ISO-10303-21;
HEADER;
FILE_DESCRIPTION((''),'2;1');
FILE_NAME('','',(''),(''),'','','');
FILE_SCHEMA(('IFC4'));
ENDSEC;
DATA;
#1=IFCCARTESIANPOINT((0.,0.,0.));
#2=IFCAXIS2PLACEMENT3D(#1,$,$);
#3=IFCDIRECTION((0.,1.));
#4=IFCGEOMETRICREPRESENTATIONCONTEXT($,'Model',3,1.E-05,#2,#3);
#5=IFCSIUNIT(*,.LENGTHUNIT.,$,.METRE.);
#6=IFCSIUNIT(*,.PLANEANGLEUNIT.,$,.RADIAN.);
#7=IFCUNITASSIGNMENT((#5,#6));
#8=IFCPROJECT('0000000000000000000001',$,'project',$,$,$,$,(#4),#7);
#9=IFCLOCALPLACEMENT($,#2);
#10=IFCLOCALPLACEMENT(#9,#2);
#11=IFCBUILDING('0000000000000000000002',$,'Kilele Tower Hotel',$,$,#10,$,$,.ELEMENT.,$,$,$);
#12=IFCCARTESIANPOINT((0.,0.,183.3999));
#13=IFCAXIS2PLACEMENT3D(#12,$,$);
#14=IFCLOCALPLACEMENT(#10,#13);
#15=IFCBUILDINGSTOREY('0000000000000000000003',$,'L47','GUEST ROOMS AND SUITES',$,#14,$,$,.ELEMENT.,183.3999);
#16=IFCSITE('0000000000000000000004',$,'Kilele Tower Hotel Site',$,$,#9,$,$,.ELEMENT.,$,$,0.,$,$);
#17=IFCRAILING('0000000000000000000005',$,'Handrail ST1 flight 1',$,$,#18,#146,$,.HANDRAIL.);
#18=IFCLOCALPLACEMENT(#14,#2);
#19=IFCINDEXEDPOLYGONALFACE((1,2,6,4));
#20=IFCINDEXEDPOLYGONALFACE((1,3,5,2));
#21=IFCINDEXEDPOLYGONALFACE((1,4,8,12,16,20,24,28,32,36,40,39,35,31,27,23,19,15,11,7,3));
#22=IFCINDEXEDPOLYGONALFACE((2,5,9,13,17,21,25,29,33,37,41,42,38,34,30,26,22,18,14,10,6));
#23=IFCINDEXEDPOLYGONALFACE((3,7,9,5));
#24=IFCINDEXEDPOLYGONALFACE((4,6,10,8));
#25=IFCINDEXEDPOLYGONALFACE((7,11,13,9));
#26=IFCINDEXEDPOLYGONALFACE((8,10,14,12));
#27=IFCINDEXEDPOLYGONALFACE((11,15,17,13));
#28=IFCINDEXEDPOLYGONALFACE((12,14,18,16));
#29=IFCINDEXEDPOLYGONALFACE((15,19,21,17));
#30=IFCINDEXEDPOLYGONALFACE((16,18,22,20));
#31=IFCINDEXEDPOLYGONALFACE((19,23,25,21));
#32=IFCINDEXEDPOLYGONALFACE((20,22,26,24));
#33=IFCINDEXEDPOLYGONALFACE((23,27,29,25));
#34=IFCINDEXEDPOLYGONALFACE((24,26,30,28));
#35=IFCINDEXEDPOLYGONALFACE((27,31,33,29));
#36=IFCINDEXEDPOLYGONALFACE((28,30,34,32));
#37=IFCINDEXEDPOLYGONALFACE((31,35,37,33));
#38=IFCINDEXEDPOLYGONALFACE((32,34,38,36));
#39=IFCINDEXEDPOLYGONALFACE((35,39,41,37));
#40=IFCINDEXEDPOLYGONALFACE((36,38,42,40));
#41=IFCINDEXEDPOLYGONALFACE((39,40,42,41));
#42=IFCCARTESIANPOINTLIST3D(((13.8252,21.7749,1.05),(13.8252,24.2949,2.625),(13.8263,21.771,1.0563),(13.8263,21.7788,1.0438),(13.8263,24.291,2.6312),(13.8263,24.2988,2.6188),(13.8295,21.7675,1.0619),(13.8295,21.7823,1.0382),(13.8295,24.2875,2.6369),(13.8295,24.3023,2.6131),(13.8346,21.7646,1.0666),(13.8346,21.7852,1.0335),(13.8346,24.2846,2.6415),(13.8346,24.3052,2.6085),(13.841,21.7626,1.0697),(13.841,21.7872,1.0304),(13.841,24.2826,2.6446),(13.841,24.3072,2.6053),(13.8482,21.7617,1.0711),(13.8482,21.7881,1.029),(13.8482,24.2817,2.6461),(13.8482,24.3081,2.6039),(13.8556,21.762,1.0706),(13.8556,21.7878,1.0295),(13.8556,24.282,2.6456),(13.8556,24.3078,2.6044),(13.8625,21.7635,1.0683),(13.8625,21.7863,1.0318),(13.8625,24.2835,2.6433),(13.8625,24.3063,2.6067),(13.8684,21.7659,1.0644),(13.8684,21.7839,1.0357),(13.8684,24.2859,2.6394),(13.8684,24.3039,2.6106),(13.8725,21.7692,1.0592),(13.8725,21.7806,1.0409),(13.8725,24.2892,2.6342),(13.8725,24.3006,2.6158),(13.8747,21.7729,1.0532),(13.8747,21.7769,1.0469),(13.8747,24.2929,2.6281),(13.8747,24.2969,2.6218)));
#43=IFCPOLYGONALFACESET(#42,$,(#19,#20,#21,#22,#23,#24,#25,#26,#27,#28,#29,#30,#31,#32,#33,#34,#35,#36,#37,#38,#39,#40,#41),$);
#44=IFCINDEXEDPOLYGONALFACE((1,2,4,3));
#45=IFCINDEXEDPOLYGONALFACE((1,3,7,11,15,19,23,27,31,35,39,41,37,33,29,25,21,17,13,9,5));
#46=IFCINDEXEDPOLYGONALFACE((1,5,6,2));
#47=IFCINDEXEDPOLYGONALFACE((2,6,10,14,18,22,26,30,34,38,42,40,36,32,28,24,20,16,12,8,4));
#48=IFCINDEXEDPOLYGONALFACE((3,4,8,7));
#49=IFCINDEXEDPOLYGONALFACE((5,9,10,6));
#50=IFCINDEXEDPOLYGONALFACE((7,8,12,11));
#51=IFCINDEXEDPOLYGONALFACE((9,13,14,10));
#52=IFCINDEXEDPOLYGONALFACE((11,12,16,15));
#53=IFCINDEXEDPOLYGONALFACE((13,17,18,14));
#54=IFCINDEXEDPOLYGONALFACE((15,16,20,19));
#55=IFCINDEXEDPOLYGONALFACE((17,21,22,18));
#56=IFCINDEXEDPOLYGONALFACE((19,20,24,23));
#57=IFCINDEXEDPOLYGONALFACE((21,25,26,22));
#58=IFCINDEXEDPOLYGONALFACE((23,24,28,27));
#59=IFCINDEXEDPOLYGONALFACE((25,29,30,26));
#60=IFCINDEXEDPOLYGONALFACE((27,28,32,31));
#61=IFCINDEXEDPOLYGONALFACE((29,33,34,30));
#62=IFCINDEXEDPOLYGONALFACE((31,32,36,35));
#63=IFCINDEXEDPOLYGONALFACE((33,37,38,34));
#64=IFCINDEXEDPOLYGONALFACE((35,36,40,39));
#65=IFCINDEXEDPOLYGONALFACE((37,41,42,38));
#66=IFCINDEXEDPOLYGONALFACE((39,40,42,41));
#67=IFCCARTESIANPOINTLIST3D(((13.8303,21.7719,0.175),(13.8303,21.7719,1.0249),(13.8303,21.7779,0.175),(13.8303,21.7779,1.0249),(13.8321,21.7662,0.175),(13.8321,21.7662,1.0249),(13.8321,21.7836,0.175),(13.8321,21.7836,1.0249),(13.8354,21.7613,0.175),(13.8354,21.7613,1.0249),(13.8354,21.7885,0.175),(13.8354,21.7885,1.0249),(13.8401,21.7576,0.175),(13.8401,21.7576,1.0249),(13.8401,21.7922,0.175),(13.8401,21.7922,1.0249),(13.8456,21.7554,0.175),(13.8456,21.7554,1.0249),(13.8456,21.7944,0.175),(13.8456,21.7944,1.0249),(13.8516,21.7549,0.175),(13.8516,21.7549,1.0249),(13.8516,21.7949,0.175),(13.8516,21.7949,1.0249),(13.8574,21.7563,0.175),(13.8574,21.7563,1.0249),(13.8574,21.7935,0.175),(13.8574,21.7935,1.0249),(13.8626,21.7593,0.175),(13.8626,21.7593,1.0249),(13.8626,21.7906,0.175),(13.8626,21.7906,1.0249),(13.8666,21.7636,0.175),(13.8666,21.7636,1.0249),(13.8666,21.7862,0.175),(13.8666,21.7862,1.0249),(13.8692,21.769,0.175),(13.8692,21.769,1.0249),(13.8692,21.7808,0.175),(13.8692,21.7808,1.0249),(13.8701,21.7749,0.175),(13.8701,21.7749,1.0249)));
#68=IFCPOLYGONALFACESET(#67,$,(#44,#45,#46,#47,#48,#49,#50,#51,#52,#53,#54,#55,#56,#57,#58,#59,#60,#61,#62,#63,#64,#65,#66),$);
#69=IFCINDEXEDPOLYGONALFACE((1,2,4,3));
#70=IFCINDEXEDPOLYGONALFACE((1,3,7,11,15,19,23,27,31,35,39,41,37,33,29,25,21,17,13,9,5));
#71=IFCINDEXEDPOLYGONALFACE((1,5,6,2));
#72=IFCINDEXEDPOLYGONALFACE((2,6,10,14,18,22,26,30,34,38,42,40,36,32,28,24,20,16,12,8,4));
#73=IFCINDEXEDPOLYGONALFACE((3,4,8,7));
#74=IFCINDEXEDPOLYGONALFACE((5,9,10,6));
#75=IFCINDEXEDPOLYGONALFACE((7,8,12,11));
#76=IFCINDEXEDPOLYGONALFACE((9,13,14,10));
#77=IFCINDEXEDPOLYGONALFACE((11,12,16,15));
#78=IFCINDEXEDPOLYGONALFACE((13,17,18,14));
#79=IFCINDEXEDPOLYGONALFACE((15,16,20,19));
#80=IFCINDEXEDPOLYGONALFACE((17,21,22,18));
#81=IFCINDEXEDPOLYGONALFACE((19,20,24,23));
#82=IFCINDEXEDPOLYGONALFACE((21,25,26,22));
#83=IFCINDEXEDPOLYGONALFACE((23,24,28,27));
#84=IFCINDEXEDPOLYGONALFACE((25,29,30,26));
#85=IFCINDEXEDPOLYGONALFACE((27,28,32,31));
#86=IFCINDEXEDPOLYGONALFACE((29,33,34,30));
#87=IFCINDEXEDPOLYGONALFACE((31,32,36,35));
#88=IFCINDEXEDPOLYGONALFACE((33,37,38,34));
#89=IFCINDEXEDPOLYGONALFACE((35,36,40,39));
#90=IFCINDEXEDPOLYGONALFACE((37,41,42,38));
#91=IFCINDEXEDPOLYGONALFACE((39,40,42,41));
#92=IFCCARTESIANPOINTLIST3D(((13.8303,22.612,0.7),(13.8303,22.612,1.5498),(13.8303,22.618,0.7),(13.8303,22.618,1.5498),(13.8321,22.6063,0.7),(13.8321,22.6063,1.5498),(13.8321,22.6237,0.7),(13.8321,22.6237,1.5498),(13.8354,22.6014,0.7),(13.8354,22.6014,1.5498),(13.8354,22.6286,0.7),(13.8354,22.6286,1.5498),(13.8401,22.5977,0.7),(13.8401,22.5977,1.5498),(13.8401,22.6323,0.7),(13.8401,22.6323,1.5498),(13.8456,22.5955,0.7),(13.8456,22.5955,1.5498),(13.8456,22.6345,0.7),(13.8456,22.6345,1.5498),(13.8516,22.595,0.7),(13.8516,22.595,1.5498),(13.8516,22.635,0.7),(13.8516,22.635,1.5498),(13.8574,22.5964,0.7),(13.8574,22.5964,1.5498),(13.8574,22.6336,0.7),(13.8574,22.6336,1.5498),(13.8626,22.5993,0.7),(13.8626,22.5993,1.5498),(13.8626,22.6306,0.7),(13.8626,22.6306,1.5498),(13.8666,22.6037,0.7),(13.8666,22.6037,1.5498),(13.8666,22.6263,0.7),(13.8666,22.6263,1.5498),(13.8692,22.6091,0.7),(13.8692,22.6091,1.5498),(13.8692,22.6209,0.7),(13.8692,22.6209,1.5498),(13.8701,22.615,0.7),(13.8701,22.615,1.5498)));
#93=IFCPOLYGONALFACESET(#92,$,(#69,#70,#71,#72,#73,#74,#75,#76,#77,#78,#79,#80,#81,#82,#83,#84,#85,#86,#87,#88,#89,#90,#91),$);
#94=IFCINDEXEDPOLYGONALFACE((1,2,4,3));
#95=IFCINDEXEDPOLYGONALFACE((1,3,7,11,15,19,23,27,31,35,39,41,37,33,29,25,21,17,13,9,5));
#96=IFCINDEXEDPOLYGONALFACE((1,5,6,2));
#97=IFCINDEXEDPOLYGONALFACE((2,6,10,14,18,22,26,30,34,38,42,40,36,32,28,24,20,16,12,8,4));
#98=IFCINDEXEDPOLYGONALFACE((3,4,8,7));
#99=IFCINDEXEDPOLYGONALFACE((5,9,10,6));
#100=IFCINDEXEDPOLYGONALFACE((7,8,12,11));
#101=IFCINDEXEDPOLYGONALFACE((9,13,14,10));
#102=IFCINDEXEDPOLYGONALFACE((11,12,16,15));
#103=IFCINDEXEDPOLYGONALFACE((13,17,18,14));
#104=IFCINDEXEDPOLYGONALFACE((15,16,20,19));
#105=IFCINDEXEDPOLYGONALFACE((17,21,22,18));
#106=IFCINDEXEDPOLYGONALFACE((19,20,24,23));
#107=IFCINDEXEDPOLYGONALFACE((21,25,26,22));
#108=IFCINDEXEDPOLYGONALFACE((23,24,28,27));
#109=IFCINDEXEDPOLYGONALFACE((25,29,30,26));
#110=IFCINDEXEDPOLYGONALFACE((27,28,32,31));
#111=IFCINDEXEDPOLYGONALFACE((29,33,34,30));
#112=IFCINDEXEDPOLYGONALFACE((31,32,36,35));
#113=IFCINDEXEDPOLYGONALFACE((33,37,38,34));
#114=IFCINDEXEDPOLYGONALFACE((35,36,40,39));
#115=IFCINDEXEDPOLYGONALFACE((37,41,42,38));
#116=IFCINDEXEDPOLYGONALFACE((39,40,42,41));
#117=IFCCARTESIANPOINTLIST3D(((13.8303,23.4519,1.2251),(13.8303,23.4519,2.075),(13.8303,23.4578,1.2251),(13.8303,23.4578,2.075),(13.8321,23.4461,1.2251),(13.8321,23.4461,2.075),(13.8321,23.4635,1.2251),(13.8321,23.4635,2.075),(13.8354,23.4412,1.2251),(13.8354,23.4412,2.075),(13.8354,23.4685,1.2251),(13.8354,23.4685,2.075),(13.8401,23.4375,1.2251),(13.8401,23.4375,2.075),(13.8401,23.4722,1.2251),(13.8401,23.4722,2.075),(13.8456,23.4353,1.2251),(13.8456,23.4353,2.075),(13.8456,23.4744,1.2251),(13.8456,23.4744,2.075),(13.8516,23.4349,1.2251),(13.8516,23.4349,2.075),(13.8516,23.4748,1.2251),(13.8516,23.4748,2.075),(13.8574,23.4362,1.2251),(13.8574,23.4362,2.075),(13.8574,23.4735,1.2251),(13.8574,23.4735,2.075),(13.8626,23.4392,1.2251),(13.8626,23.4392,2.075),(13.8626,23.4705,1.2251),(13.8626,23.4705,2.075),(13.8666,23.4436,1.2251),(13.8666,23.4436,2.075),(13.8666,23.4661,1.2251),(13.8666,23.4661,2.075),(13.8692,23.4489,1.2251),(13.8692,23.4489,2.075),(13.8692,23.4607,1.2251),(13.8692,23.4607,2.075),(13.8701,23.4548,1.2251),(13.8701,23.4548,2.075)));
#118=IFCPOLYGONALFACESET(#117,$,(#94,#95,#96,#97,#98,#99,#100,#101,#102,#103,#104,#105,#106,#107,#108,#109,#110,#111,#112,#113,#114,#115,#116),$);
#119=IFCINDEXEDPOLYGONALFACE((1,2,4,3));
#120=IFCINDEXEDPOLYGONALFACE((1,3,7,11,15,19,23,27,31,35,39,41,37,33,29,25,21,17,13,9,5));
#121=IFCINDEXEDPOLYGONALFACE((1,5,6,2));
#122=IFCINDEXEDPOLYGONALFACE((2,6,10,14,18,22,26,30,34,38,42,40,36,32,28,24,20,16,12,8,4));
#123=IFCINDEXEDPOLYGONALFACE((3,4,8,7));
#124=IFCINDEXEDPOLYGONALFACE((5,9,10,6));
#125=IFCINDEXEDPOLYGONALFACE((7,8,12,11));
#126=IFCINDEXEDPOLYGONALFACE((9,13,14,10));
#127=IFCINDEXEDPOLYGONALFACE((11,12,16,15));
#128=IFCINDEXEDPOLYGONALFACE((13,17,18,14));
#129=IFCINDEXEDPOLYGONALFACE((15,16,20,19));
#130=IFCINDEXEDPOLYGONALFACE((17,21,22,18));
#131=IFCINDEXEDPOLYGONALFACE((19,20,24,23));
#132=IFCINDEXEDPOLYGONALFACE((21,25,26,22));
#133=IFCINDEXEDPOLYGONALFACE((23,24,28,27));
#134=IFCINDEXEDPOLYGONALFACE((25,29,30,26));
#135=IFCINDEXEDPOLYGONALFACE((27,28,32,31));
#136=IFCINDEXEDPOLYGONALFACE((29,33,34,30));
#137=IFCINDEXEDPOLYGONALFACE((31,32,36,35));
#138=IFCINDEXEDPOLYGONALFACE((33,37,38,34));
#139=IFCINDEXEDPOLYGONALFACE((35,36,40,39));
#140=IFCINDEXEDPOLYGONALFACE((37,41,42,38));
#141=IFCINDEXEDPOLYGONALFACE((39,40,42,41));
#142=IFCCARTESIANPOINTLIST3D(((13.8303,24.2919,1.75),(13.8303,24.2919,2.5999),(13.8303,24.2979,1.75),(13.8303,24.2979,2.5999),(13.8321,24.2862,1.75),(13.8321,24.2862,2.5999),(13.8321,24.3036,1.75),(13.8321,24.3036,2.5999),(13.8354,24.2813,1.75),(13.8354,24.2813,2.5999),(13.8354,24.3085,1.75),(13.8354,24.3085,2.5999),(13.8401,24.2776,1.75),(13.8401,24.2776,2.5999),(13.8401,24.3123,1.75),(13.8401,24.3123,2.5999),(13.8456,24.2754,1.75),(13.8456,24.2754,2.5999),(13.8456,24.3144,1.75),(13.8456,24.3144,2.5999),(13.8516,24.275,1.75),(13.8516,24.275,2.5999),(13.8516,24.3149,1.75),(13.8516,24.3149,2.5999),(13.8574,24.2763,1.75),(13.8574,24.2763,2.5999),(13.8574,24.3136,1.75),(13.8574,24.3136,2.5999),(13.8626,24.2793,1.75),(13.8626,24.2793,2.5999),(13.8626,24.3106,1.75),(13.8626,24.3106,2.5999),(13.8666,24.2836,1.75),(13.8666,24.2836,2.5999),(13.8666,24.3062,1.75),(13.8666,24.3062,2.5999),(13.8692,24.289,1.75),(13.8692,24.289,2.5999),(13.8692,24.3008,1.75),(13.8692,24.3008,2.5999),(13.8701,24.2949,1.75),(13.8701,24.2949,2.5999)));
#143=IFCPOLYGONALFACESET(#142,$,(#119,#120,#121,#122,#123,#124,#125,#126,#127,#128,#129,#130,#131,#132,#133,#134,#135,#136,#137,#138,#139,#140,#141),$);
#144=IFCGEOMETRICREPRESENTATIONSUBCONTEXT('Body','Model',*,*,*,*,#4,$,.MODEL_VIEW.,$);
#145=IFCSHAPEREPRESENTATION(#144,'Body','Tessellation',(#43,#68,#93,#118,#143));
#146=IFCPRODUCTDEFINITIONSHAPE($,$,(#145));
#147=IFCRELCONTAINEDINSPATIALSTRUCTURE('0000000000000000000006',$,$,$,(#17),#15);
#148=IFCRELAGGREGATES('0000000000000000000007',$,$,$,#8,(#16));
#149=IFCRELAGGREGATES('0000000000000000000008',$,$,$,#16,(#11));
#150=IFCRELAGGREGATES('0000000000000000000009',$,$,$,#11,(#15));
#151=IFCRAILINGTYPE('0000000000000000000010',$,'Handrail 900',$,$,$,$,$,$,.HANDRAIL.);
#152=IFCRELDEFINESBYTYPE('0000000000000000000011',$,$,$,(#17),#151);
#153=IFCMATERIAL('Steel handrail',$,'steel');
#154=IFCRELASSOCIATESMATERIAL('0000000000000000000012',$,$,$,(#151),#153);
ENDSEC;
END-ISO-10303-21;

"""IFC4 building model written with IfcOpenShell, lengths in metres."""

from ifc_helpers import new_model, si_unit, direction, frame, origin, origin_2d, place, context, subcontext, project, spatial, circle, extrude, material, type_object, element, save


model = new_model("IFC4")

# Units and contexts
model_context = context("Model", 3, precision=1e-05, world=origin(), true_north=direction((0.0, 1.0)))
body_context = subcontext(model_context, "Body", "Model", "MODEL_VIEW")
ifc_project = project(units=[si_unit("LENGTHUNIT", "METRE"), si_unit("PLANEANGLEUNIT", "RADIAN")], contexts=[model_context])

# Site, building, storey
site_placement = place(None, origin())
site = spatial("IfcSite", under=ifc_project, at=site_placement, Name="Kilele Tower Hotel Site", CompositionType="ELEMENT", RefElevation=0.0)
building_placement = place(site_placement, origin())
building = spatial("IfcBuilding", under=site, at=building_placement, Name="Kilele Tower Hotel", CompositionType="ELEMENT")
storey_placement = place(building_placement, frame((0.0, 0.0, 183.3999)))
storey = spatial("IfcBuildingStorey", under=building, at=storey_placement, Name="L47", Description="GUEST ROOMS AND SUITES", CompositionType="ELEMENT", Elevation=183.3999)

# Railing
ifc_material_1 = material(Name="Steel handrail", Category="steel")
railing_type_1 = type_object("IfcRailingType", Name="Handrail 900", PredefinedType="HANDRAIL", material=ifc_material_1)
for number, where, name in (
    (1, (13.8501, 21.7749, 0.175), "Handrail ST1 flight 1"),
):
    element("IfcRailing", number, at=place(storey_placement, frame(where)), inside=storey, type_object=railing_type_1, Name=name, PredefinedType="HANDRAIL", context=body_context, shape_type="SweptSolid", body=[
        extrude(circle(Radius=0.0249, at=origin_2d()), frame((0.0, 0.0, 0.875), z_axis=(0.0, 0.848008, 0.529984), x_axis=(-1.0, 0.0, 0.0)), (0.0, 0.0, 1.0), 2.9717),
        extrude(circle(Radius=0.02, at=origin_2d()), origin(), (0.0, 0.0, 1.0), 0.8499),
        extrude(circle(Radius=0.02, at=origin_2d()), frame((0.0, 0.8401, 0.5249)), (0.0, 0.0, 1.0), 0.8499),
        extrude(circle(Radius=0.02, at=origin_2d()), frame((0.0, 1.6799, 1.05)), (0.0, 0.0, 1.0), 0.8499),
        extrude(circle(Radius=0.02, at=origin_2d()), frame((0.0, 2.52, 1.575)), (0.0, 0.0, 1.0), 0.8499),
    ])

save(model, "model.ifc")
